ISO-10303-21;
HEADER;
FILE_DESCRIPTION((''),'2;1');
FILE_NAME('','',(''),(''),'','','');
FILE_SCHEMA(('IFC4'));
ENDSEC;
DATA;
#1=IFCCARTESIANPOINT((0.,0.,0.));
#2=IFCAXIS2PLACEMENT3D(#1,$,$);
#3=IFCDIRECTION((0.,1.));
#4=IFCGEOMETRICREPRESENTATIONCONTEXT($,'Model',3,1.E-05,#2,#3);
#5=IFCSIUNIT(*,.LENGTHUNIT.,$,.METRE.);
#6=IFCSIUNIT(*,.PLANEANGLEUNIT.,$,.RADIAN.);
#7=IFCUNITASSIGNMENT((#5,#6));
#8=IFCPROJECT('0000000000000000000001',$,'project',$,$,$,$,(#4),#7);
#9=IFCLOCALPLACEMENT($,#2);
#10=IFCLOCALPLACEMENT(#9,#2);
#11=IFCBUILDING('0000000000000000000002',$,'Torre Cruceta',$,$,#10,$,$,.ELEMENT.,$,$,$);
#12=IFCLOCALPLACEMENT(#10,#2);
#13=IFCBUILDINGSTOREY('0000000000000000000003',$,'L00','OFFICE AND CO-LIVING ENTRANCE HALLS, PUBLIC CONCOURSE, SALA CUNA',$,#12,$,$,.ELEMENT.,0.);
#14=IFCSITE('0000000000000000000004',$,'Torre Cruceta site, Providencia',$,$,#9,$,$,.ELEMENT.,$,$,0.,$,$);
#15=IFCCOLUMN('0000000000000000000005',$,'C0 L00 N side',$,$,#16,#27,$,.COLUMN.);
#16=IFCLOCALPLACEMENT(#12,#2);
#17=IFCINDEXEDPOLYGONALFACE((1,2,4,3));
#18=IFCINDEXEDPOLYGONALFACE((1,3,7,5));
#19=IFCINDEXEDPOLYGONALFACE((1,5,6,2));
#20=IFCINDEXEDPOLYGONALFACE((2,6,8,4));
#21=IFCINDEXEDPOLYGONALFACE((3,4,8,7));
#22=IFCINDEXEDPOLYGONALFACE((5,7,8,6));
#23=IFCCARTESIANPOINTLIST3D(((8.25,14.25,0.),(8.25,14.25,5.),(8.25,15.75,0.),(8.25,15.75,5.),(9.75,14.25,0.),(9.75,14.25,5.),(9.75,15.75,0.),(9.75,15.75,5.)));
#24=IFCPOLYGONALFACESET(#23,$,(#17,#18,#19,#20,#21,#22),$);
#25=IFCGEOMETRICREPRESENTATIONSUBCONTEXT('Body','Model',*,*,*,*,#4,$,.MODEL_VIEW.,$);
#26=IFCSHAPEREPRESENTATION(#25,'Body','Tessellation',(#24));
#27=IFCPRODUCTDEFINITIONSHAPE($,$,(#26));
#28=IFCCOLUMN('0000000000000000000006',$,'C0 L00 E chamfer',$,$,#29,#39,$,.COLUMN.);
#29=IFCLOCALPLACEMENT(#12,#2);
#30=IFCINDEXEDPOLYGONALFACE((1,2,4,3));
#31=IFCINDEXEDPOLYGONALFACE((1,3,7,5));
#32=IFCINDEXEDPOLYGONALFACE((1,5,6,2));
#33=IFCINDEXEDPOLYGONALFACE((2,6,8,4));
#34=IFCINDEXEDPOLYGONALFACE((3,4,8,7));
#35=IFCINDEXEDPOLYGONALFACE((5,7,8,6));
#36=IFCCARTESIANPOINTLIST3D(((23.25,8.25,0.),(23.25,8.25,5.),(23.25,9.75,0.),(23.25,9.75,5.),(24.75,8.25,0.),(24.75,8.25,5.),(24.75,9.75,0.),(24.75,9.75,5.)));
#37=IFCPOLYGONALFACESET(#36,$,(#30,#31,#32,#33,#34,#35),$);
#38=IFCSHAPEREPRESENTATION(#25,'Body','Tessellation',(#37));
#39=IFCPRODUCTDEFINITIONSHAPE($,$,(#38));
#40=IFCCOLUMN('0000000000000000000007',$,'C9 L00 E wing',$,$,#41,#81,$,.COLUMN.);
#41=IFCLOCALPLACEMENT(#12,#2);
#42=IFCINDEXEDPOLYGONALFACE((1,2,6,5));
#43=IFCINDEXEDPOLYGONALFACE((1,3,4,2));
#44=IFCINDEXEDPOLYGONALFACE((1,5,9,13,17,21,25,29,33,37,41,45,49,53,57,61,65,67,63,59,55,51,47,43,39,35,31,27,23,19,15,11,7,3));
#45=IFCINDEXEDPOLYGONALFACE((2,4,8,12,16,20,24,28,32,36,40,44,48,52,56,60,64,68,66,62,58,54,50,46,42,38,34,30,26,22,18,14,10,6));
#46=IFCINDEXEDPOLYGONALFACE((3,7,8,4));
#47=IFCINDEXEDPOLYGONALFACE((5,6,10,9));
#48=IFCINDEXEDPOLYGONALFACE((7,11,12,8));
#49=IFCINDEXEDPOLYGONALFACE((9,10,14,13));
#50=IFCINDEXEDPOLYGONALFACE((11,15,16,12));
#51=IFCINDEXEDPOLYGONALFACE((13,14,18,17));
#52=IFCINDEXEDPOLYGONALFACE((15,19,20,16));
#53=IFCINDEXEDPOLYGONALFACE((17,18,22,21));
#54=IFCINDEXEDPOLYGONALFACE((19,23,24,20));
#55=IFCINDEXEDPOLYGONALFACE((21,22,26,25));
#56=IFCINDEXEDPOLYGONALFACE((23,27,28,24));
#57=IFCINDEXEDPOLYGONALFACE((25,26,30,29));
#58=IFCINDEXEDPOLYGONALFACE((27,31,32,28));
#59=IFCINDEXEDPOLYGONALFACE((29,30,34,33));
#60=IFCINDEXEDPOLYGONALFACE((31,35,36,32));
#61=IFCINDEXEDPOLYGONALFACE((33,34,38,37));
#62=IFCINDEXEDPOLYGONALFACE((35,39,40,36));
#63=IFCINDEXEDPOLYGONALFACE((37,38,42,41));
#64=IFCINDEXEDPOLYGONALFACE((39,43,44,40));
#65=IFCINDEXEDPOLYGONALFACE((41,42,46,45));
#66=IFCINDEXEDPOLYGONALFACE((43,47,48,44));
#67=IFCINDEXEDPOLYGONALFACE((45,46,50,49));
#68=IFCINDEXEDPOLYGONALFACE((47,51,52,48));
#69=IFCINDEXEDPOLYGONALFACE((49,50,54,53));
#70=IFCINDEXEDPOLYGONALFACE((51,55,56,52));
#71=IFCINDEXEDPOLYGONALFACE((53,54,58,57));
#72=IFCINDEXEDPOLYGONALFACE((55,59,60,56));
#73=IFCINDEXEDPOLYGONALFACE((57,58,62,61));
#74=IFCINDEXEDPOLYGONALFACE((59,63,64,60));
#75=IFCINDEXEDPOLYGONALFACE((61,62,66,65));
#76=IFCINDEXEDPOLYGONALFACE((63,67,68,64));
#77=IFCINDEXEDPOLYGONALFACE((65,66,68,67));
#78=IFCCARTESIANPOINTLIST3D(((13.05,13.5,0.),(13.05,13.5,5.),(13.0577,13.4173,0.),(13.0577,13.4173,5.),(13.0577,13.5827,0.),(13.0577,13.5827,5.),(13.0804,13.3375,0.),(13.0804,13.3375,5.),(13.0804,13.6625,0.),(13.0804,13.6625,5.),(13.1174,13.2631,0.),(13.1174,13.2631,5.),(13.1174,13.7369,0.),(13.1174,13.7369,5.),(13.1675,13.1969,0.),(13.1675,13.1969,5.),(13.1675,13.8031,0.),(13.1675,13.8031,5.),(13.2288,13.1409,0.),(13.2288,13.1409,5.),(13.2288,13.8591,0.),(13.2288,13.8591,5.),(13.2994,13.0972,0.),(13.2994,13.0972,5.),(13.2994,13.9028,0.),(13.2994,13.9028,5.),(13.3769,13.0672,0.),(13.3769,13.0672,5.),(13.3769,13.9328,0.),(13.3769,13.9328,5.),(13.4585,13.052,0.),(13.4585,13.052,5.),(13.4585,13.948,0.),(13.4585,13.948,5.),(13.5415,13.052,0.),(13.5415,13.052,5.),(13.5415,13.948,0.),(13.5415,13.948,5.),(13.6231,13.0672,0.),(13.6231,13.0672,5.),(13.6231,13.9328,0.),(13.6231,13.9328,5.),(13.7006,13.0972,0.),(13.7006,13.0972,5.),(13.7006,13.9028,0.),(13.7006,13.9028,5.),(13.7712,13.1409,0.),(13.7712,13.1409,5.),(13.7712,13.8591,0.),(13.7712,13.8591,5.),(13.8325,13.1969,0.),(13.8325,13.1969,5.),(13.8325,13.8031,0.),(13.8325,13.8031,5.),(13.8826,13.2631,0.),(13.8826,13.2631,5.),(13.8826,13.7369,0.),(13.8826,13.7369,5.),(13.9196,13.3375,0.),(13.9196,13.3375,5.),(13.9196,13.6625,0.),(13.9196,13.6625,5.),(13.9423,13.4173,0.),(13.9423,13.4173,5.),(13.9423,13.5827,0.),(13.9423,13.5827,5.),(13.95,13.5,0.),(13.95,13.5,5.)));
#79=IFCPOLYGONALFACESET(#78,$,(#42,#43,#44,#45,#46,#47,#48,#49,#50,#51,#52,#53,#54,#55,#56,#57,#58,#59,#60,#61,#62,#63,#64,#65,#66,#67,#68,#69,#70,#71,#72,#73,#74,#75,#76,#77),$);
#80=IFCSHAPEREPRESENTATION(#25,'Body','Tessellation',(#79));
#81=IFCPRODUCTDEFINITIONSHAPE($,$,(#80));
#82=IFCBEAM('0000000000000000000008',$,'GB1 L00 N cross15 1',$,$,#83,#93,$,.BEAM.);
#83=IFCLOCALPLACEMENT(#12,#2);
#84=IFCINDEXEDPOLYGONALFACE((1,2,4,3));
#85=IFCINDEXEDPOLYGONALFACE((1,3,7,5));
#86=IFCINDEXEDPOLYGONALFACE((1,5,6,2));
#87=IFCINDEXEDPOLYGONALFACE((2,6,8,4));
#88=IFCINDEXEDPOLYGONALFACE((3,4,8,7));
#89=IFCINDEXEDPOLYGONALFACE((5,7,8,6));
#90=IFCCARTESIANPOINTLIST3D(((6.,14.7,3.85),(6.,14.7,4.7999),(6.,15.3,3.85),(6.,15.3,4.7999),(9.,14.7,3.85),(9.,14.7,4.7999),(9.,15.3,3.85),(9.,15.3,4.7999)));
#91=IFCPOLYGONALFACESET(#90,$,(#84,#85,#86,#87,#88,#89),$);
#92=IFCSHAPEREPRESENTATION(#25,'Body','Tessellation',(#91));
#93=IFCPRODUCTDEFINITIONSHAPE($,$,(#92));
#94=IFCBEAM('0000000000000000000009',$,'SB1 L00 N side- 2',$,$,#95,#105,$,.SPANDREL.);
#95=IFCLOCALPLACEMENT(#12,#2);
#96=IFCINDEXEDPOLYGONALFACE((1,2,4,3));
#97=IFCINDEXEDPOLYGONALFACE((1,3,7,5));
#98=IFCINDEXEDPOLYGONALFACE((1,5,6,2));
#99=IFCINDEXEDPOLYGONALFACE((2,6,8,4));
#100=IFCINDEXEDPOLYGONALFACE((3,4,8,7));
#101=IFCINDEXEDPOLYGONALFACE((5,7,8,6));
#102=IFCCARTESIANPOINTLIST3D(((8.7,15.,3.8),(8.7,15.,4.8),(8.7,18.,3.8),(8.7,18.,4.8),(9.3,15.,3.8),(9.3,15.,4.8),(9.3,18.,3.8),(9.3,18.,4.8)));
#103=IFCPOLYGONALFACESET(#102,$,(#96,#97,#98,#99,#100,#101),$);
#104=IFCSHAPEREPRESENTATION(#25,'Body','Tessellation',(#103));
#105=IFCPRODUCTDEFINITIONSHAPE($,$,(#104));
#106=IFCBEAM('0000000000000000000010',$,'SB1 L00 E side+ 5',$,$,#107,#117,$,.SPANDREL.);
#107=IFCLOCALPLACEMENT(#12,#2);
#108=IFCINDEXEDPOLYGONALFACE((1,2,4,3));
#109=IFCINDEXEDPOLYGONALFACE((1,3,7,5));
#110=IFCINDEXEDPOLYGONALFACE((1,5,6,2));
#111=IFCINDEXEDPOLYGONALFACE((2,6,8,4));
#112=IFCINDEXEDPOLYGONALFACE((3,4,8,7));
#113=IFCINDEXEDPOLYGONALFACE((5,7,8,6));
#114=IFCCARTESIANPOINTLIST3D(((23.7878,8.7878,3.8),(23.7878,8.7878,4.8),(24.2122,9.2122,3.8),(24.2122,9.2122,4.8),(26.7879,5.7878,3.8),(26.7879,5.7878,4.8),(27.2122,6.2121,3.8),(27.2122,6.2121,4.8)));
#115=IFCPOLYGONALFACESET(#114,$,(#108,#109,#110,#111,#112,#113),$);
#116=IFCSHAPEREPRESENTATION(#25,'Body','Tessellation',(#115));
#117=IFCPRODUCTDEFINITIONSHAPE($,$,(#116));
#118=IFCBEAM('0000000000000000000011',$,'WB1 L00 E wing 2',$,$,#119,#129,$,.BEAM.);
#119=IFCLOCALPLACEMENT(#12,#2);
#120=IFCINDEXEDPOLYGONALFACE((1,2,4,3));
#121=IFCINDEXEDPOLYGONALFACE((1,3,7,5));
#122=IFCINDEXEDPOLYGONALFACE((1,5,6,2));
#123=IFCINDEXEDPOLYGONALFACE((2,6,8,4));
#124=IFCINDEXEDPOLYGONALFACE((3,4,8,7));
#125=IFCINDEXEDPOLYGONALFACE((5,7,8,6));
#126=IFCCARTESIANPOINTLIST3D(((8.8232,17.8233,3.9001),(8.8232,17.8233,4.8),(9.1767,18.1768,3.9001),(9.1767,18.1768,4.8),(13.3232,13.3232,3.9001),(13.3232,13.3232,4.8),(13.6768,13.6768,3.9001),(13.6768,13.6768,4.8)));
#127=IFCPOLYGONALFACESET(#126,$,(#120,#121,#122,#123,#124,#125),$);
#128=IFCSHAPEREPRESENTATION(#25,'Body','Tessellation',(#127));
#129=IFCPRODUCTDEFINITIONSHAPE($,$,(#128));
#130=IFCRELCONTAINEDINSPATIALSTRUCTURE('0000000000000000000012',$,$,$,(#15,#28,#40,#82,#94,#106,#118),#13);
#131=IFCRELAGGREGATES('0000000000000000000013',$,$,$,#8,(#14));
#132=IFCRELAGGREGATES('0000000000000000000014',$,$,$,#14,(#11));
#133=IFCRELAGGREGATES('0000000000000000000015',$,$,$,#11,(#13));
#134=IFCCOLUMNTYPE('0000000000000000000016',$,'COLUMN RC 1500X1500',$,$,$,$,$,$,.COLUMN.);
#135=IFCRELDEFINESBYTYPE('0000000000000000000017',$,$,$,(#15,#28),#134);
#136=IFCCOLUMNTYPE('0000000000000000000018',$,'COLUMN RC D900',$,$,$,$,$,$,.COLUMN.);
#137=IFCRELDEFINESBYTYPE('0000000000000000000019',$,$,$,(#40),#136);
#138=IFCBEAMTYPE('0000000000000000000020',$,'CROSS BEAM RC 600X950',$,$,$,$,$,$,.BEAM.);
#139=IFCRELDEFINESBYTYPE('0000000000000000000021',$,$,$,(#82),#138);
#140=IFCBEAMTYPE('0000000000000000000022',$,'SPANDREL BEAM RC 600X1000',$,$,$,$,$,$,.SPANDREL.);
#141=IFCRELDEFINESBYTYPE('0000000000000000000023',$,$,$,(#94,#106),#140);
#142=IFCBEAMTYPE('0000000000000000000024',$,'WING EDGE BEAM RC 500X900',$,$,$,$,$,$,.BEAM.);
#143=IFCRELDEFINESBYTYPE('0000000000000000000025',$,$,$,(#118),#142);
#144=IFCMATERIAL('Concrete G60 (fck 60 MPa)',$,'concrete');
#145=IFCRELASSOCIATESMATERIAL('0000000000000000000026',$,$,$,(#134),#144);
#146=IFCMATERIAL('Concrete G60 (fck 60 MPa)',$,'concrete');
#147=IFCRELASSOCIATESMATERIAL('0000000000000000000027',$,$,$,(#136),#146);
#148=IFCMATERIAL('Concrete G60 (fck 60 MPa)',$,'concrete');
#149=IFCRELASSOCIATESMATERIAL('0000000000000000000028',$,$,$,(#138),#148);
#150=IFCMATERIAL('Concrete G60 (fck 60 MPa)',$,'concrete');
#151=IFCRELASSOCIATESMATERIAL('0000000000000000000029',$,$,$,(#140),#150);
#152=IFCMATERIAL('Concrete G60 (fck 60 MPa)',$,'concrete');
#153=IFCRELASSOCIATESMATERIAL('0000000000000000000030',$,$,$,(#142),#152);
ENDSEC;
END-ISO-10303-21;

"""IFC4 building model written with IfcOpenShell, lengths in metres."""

from ifc_helpers import new_model, si_unit, direction, frame, origin, origin_2d, place, context, subcontext, project, spatial, rectangle, circle, extrude, material, material_profile, profile_set, type_object, element, save


model = new_model("IFC4")

# Units and contexts
model_context = context("Model", 3, precision=1e-05, world=origin(), true_north=direction((0.0, 1.0)))
body_context = subcontext(model_context, "Body", "Model", "MODEL_VIEW")
ifc_project = project(units=[si_unit("LENGTHUNIT", "METRE"), si_unit("PLANEANGLEUNIT", "RADIAN")], contexts=[model_context])

# Site, building, storey
site_placement = place(None, origin())
site = spatial("IfcSite", under=ifc_project, at=site_placement, Name="Torre Cruceta site, Providencia", CompositionType="ELEMENT", RefElevation=0.0)
building_placement = place(site_placement, origin())
building = spatial("IfcBuilding", under=site, at=building_placement, Name="Torre Cruceta", CompositionType="ELEMENT")
storey_placement = place(building_placement, origin())
storey = spatial("IfcBuildingStorey", under=building, at=storey_placement, Name="L00", Description="OFFICE AND CO-LIVING ENTRANCE HALLS, PUBLIC CONCOURSE, SALA CUNA", CompositionType="ELEMENT", Elevation=0.0)

# Columns
ifc_material_1 = material(Name="Concrete G60 (fck 60 MPa)", Category="concrete")
ifc_material_profile_1 = material_profile(ifc_material_1, rectangle(XDim=1.5, YDim=1.5, at=origin_2d()), Name="RC 1500X1500")
ifc_profile_set_1 = profile_set([ifc_material_profile_1], Name="Concrete G60 (fck 60 MPa)")
column_type_1 = type_object("IfcColumnType", Name="COLUMN RC 1500X1500", PredefinedType="COLUMN", material=ifc_profile_set_1)
for number, where, z_axis, x_axis, name in (
    (1, (9.0, 15.0, 0.0), (0.0, 0.0, 1.0), (1.0, 0.0, 0.0), "C0 L00 N side"),
    (2, (24.0, 9.0, 0.0), (0.0, 0.0, 1.0), (1.0, 0.0, 0.0), "C0 L00 E chamfer"),
):
    element("IfcColumn", number, at=place(storey_placement, frame(where, z_axis=z_axis, x_axis=x_axis)), inside=storey, type_object=column_type_1, Name=name, PredefinedType="COLUMN", context=body_context, shape_type="SweptSolid", body=[
        extrude(rectangle(XDim=1.5, YDim=1.5, at=origin_2d()), origin(), (0.0, 0.0, 1.0), 5.0),
    ])
ifc_material_2 = material(Name="Concrete G60 (fck 60 MPa)", Category="concrete")
ifc_material_profile_2 = material_profile(ifc_material_2, circle(Radius=0.45, at=origin_2d()), Name="RC D900")
ifc_profile_set_2 = profile_set([ifc_material_profile_2], Name="Concrete G60 (fck 60 MPa)")
column_type_2 = type_object("IfcColumnType", Name="COLUMN RC D900", PredefinedType="COLUMN", material=ifc_profile_set_2)
column_placement = place(storey_placement, frame((13.5, 13.5, 0.0), z_axis=(0.0, 0.0, 1.0), x_axis=(1.0, 0.0, 0.0)))
element("IfcColumn", 3, at=column_placement, inside=storey, type_object=column_type_2, Name="C9 L00 E wing", PredefinedType="COLUMN", context=body_context, shape_type="SweptSolid", body=[
    extrude(circle(Radius=0.45, at=origin_2d()), origin(), (0.0, 0.0, 1.0), 5.0),
])

# Beams
ifc_material_3 = material(Name="Concrete G60 (fck 60 MPa)", Category="concrete")
ifc_material_profile_3 = material_profile(ifc_material_3, rectangle(XDim=0.6001, YDim=0.95, at=origin_2d()), Name="RC 600X950")
ifc_profile_set_3 = profile_set([ifc_material_profile_3], Name="Concrete G60 (fck 60 MPa)")
beam_type_1 = type_object("IfcBeamType", Name="CROSS BEAM RC 600X950", PredefinedType="BEAM", material=ifc_profile_set_3)
beam_1_placement = place(storey_placement, frame((9.0, 15.0, 4.325), z_axis=(-1.0, 0.0, 0.0), x_axis=(0.0, -1.0, 0.0)))
element("IfcBeam", 4, at=beam_1_placement, inside=storey, type_object=beam_type_1, Name="GB1 L00 N cross15 1", PredefinedType="BEAM", context=body_context, shape_type="SweptSolid", body=[
    extrude(rectangle(XDim=0.6001, YDim=0.95, at=origin_2d()), origin(), (0.0, 0.0, 1.0), 3.0),
])
ifc_material_4 = material(Name="Concrete G60 (fck 60 MPa)", Category="concrete")
ifc_material_profile_4 = material_profile(ifc_material_4, rectangle(XDim=0.6001, YDim=1.0, at=origin_2d()), Name="RC 600X1000")
ifc_profile_set_4 = profile_set([ifc_material_profile_4], Name="Concrete G60 (fck 60 MPa)")
beam_type_2 = type_object("IfcBeamType", Name="SPANDREL BEAM RC 600X1000", PredefinedType="SPANDREL", material=ifc_profile_set_4)
beam_2_placement = place(storey_placement, frame((9.0, 15.0, 4.3), z_axis=(0.0, 1.0, 0.0), x_axis=(-1.0, 0.0, 0.0)))
element("IfcBeam", 5, at=beam_2_placement, inside=storey, type_object=beam_type_2, Name="SB1 L00 N side- 2", PredefinedType="SPANDREL", context=body_context, shape_type="SweptSolid", body=[
    extrude(rectangle(XDim=0.6001, YDim=1.0, at=origin_2d()), origin(), (0.0, 0.0, 1.0), 3.0),
])
beam_3_placement = place(storey_placement, frame((24.0, 9.0, 4.3), z_axis=(0.707107, -0.707107, 0.0), x_axis=(0.707107, 0.707107, 0.0)))
element("IfcBeam", 6, at=beam_3_placement, inside=storey, type_object=beam_type_2, Name="SB1 L00 E side+ 5", PredefinedType="SPANDREL", context=body_context, shape_type="SweptSolid", body=[
    extrude(rectangle(XDim=0.6001, YDim=1.0, at=origin_2d()), origin(), (0.0, 0.0, 1.0), 4.2427),
])
ifc_material_5 = material(Name="Concrete G60 (fck 60 MPa)", Category="concrete")
ifc_material_profile_5 = material_profile(ifc_material_5, rectangle(XDim=0.5, YDim=0.8999, at=origin_2d()), Name="RC 500X900")
ifc_profile_set_5 = profile_set([ifc_material_profile_5], Name="Concrete G60 (fck 60 MPa)")
beam_type_3 = type_object("IfcBeamType", Name="WING EDGE BEAM RC 500X900", PredefinedType="BEAM", material=ifc_profile_set_5)
beam_4_placement = place(storey_placement, frame((13.5, 13.5, 4.3501), z_axis=(-0.707107, 0.707107, 0.0), x_axis=(-0.707107, -0.707107, 0.0)))
element("IfcBeam", 7, at=beam_4_placement, inside=storey, type_object=beam_type_3, Name="WB1 L00 E wing 2", PredefinedType="BEAM", context=body_context, shape_type="SweptSolid", body=[
    extrude(rectangle(XDim=0.5, YDim=0.8999, at=origin_2d()), origin(), (0.0, 0.0, 1.0), 6.364),
])

save(model, "model.ifc")
